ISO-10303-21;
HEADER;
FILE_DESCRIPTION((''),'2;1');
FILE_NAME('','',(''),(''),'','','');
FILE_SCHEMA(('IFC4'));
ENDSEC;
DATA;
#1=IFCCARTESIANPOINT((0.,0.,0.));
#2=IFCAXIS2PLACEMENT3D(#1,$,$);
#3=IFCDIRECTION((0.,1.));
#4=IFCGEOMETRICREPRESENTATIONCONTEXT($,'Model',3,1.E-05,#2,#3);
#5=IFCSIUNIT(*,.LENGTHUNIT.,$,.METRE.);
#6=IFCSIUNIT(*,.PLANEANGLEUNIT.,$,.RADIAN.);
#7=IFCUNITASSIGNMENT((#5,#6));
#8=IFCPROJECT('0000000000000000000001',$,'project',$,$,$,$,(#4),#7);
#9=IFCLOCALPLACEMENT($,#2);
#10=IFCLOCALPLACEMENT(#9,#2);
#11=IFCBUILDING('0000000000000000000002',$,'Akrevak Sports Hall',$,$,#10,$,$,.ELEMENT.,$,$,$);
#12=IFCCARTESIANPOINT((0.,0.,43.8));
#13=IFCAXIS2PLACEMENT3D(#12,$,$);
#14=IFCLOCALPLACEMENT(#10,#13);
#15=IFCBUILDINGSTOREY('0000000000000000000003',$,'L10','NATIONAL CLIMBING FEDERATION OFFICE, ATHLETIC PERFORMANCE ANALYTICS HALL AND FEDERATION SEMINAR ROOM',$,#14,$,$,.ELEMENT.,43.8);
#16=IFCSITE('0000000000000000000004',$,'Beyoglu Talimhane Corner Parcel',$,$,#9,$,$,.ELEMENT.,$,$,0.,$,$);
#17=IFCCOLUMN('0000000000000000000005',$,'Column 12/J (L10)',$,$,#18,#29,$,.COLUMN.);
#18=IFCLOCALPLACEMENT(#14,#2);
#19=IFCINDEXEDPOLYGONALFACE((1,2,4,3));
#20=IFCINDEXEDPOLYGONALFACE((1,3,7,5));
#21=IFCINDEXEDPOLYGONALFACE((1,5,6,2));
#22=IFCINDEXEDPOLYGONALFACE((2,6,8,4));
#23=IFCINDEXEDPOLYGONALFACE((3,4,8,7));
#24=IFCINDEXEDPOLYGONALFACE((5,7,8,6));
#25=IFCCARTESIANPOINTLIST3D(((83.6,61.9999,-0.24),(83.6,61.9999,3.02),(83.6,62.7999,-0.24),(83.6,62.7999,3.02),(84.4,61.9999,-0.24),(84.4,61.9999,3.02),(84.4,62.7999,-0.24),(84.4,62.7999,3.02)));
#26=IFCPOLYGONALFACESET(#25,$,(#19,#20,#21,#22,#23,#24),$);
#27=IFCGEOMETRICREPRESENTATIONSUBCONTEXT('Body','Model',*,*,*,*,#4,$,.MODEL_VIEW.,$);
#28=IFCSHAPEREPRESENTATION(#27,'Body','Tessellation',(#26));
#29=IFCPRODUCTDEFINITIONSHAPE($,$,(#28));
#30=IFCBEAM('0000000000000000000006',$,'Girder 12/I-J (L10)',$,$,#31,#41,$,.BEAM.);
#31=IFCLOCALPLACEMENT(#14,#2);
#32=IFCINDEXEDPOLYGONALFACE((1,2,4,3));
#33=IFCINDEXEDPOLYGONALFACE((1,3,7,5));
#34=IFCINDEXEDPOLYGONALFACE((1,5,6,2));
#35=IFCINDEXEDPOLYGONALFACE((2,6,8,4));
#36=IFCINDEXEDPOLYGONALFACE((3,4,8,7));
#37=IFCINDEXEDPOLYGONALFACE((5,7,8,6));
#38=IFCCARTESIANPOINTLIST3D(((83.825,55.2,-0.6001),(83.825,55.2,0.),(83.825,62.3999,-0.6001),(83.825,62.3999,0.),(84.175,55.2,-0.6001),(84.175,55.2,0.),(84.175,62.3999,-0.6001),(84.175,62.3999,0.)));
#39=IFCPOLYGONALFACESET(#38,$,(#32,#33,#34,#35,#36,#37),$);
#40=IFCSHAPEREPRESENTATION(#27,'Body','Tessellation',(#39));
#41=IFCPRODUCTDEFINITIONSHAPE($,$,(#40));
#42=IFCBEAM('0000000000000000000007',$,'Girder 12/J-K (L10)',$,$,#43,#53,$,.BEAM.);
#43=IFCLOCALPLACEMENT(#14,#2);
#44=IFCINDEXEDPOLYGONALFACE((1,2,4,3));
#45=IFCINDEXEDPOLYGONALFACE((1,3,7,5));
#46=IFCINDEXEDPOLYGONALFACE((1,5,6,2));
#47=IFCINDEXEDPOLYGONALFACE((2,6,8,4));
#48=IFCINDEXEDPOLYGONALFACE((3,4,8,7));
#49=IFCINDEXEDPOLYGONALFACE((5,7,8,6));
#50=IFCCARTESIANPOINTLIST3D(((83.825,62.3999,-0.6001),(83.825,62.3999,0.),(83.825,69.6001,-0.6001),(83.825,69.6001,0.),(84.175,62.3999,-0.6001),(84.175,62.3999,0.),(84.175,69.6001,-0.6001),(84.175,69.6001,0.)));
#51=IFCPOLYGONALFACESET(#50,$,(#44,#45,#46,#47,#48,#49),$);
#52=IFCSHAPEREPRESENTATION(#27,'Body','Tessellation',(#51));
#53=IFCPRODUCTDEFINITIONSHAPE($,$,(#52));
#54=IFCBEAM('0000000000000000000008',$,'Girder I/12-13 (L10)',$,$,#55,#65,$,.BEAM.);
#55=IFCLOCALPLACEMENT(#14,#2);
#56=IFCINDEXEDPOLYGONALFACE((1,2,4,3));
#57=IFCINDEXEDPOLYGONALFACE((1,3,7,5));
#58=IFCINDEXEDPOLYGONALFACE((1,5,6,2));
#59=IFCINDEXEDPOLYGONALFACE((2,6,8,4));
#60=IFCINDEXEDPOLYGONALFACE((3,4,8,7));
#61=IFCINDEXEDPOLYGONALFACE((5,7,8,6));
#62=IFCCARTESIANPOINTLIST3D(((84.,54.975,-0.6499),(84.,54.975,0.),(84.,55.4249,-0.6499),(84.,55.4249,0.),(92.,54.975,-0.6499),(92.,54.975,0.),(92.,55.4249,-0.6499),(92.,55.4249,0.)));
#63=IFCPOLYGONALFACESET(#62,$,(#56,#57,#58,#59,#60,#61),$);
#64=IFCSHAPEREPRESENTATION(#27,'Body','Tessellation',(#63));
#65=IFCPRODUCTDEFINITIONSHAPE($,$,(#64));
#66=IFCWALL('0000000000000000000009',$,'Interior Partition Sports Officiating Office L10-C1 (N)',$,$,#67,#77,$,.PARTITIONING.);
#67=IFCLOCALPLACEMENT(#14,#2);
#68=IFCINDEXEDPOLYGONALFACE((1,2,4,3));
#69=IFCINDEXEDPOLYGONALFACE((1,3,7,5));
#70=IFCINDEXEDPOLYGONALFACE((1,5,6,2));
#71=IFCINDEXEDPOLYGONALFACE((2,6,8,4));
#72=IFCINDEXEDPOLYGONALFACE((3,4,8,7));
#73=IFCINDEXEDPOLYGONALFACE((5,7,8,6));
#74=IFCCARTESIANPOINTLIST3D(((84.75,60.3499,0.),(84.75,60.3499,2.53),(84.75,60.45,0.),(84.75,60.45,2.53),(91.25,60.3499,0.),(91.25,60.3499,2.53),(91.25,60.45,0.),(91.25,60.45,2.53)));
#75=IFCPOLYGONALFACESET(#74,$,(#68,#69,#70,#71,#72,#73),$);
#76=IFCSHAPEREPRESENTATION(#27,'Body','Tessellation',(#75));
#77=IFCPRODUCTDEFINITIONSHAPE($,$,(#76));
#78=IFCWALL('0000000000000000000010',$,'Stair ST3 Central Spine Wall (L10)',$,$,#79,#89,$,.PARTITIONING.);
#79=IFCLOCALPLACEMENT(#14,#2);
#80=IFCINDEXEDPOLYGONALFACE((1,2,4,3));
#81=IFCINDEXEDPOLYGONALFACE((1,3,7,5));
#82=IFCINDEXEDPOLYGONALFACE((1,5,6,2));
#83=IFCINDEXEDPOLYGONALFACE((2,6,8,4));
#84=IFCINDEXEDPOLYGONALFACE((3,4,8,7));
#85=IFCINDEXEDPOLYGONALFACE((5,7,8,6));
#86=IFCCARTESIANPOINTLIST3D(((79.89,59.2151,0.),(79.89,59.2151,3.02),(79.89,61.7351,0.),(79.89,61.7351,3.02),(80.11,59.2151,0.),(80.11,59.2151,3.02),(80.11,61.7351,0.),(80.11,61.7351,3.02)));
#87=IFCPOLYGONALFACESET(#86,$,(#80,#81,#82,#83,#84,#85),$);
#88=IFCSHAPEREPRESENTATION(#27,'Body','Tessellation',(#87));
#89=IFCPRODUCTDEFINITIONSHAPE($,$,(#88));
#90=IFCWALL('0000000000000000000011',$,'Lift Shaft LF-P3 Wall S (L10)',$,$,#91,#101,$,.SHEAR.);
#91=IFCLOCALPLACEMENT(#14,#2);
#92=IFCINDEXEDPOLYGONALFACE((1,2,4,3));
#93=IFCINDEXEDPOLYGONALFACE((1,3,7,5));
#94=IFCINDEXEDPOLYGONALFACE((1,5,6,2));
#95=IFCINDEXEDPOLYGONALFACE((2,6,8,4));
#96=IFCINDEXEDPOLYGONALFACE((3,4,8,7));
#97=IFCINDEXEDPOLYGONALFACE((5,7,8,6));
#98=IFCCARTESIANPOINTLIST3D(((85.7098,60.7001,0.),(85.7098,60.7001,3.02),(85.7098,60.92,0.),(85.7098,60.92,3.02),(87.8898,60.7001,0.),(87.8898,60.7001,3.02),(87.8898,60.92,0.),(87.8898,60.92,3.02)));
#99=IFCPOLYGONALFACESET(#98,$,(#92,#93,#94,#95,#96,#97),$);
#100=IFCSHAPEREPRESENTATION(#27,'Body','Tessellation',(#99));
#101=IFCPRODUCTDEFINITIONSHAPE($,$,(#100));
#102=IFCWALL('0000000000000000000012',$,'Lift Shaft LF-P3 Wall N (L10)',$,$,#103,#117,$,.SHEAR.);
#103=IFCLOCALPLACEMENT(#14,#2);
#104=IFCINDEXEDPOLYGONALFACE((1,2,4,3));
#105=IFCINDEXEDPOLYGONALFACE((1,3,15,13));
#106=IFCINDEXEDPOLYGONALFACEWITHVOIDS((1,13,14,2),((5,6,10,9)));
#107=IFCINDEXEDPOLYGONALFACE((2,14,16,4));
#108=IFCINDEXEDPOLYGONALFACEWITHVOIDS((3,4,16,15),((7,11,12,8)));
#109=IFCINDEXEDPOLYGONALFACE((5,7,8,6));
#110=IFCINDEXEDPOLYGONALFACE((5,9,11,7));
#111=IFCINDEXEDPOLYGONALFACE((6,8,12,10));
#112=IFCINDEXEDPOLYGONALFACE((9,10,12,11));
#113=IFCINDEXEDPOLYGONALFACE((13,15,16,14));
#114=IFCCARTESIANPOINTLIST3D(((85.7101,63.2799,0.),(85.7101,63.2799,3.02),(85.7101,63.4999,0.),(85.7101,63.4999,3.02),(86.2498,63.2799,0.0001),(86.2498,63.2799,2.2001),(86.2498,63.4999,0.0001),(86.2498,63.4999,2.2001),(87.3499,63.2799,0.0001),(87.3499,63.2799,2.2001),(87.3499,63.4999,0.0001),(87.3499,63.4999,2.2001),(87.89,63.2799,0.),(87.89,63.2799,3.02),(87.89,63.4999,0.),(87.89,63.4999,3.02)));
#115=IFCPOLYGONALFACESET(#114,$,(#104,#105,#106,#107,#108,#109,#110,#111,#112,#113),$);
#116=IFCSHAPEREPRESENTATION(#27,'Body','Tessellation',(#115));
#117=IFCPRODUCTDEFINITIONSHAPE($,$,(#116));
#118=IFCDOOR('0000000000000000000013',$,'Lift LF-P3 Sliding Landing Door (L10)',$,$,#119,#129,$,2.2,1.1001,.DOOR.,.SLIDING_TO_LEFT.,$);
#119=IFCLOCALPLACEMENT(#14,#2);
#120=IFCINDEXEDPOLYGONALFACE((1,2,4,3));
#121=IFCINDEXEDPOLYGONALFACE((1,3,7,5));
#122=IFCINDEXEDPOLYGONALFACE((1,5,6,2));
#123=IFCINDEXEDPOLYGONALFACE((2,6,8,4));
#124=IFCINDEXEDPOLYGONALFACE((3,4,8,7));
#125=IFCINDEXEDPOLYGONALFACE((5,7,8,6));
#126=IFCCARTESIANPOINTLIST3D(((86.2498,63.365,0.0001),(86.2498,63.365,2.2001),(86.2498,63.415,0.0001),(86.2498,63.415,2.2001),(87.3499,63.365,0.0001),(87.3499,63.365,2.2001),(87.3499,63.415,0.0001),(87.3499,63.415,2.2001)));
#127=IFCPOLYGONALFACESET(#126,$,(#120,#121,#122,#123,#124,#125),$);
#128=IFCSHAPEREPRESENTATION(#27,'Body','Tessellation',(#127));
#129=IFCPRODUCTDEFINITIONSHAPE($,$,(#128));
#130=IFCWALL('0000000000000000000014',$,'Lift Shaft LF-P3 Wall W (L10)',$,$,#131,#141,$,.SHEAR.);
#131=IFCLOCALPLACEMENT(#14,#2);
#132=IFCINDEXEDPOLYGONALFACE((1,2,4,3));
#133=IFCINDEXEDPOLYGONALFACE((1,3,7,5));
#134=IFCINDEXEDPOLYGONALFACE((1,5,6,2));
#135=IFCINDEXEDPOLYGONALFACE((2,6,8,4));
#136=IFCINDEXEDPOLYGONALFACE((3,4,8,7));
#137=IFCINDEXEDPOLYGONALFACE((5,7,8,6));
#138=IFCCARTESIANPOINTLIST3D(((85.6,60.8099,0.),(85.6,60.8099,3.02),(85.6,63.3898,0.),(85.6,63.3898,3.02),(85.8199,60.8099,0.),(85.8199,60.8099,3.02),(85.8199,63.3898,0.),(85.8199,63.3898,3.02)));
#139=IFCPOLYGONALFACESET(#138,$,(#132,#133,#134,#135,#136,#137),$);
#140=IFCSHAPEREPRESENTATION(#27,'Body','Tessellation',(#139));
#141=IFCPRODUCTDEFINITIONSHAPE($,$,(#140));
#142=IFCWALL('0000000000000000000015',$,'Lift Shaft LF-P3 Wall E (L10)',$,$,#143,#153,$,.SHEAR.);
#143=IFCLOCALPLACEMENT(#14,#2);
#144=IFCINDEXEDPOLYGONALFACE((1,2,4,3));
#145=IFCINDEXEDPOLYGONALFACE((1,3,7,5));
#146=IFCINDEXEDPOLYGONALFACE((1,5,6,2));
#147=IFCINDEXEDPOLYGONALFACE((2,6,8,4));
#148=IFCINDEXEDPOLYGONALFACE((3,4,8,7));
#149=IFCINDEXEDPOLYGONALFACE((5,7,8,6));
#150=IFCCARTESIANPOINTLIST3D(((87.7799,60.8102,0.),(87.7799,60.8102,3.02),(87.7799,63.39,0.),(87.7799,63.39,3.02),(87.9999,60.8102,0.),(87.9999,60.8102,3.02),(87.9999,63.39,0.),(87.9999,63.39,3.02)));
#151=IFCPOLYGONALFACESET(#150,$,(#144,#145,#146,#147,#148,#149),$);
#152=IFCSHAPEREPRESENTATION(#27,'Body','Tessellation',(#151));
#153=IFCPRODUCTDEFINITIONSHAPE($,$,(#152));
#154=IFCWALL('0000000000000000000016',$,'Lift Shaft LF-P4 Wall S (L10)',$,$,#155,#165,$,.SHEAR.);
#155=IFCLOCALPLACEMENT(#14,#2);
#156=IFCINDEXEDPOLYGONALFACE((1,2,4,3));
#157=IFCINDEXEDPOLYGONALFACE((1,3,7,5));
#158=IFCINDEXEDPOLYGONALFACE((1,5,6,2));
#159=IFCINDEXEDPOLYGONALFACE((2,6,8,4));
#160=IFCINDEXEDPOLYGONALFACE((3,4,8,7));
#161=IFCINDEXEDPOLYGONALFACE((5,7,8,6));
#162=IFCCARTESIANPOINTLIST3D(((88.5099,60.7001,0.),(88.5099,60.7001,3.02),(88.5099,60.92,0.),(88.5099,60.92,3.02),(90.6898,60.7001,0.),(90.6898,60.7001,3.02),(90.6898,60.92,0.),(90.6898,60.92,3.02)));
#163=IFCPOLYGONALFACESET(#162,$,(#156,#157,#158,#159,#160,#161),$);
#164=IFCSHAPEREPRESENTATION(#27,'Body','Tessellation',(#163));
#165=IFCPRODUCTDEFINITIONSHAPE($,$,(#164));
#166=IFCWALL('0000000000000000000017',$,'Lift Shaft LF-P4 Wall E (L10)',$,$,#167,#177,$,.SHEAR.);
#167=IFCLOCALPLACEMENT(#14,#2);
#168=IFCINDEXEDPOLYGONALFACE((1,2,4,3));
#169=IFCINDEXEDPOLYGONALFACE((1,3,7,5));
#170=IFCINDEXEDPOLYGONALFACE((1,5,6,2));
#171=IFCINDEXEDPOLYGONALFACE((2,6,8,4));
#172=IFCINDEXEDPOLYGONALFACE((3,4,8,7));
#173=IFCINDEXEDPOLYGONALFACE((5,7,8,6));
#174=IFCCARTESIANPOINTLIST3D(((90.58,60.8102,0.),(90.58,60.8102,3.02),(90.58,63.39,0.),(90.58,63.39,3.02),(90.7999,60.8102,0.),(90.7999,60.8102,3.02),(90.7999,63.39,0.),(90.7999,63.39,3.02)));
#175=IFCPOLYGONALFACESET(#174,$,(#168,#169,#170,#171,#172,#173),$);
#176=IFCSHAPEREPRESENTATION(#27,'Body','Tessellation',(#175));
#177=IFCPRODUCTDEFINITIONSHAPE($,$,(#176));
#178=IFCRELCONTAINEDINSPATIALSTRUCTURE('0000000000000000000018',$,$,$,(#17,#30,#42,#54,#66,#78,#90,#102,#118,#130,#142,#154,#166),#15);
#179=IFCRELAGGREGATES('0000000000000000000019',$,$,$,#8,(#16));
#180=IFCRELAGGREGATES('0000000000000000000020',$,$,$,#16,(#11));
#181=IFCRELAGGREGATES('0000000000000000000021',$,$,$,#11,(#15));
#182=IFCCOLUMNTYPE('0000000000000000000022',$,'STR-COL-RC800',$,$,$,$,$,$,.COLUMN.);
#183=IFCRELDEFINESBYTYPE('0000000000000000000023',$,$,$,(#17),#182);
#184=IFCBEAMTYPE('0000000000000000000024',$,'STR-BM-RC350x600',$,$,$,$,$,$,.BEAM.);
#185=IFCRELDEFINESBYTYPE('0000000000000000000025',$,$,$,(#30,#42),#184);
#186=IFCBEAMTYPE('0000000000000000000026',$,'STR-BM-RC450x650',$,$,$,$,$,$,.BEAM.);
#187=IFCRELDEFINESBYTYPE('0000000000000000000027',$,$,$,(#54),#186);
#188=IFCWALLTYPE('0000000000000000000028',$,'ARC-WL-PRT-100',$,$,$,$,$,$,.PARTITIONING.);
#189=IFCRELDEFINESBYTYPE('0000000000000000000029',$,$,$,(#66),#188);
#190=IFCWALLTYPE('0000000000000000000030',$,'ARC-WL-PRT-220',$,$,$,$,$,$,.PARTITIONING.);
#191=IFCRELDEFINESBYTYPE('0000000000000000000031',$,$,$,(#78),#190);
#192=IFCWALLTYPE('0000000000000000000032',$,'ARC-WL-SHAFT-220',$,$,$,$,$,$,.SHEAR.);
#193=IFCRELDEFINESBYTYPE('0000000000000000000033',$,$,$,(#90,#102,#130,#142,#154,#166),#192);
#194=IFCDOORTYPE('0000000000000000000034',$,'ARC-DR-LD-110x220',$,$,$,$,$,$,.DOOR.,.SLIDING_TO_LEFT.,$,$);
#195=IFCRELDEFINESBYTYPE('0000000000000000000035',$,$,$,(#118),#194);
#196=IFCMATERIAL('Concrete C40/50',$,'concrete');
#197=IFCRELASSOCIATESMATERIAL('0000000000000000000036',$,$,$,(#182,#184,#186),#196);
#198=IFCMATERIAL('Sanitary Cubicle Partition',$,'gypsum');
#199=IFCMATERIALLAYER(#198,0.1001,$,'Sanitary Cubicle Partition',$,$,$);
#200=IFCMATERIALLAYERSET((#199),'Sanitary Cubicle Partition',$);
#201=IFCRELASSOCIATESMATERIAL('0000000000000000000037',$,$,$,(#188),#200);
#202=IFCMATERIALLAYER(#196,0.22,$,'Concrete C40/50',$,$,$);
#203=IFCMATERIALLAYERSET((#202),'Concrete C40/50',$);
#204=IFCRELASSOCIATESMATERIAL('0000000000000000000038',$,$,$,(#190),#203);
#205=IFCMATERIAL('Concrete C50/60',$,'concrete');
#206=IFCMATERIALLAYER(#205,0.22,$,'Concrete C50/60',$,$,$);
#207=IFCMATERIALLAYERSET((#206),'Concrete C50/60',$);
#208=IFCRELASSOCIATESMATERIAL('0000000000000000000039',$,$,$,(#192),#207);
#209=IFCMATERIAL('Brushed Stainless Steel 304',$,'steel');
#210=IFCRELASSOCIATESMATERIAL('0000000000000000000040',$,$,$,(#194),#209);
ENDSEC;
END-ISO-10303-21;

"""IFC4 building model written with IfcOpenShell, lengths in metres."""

from ifc_helpers import new_model, si_unit, direction, frame, frame_2d, origin, origin_2d, place, context, subcontext, project, spatial, rectangle, extrude, material, layer, layer_set, material_profile, profile_set, type_object, element, fill, save


model = new_model("IFC4")

# Units and contexts
model_context = context("Model", 3, precision=1e-05, world=origin(), true_north=direction((0.0, 1.0)))
body_context = subcontext(model_context, "Body", "Model", "MODEL_VIEW")
ifc_project = project(units=[si_unit("LENGTHUNIT", "METRE"), si_unit("PLANEANGLEUNIT", "RADIAN")], contexts=[model_context])

# Site, building, storey
site_placement = place(None, origin())
site = spatial("IfcSite", under=ifc_project, at=site_placement, Name="Beyoglu Talimhane Corner Parcel", CompositionType="ELEMENT", RefElevation=0.0)
building_placement = place(site_placement, origin())
building = spatial("IfcBuilding", under=site, at=building_placement, Name="Akrevak Sports Hall", CompositionType="ELEMENT")
storey_placement = place(building_placement, frame((0.0, 0.0, 43.8)))
storey = spatial("IfcBuildingStorey", under=building, at=storey_placement, Name="L10", Description="NATIONAL CLIMBING FEDERATION OFFICE, ATHLETIC PERFORMANCE ANALYTICS HALL AND FEDERATION SEMINAR ROOM", CompositionType="ELEMENT", Elevation=43.8)

# Column
ifc_material_1 = material(Name="Concrete C40/50", Category="concrete")
ifc_material_profile_1 = material_profile(ifc_material_1, rectangle(XDim=0.8, YDim=0.8, at=origin_2d()), Name="RC 800x800", Category="concrete")
ifc_profile_set_1 = profile_set([ifc_material_profile_1], Name="Concrete C40/50")
column_type = type_object("IfcColumnType", Name="STR-COL-RC800", PredefinedType="COLUMN", material=ifc_profile_set_1)
column_placement = place(storey_placement, frame((84.0, 62.3999, -0.24), z_axis=(0.0, 0.0, 1.0), x_axis=(1.0, 0.0, 0.0)))
element("IfcColumn", 1, at=column_placement, inside=storey, type_object=column_type, Name="Column 12/J (L10)", PredefinedType="COLUMN", context=body_context, shape_type="SweptSolid", body=[
    extrude(rectangle(XDim=0.8, YDim=0.8, at=origin_2d()), origin(), (0.0, 0.0, 1.0), 3.26),
])

# Beams
ifc_material_profile_2 = material_profile(ifc_material_1, rectangle(XDim=0.3501, YDim=0.6001, at=origin_2d()), Name="BM 350x600", Category="concrete")
ifc_profile_set_2 = profile_set([ifc_material_profile_2], Name="Concrete C40/50")
beam_type_1 = type_object("IfcBeamType", Name="STR-BM-RC350x600", PredefinedType="BEAM", material=ifc_profile_set_2)
beam_1_placement = place(storey_placement, frame((84.0, 55.2, -0.3), z_axis=(0.0, 1.0, 0.0), x_axis=(-1.0, 0.0, 0.0)))
element("IfcBeam", 2, at=beam_1_placement, inside=storey, type_object=beam_type_1, Name="Girder 12/I-J (L10)", PredefinedType="BEAM", context=body_context, shape_type="SweptSolid", body=[
    extrude(rectangle(XDim=0.3501, YDim=0.6001, at=origin_2d()), origin(), (0.0, 0.0, 1.0), 7.2),
])
beam_2_placement = place(storey_placement, frame((84.0, 62.3999, -0.3), z_axis=(0.0, 1.0, 0.0), x_axis=(-1.0, 0.0, 0.0)))
element("IfcBeam", 3, at=beam_2_placement, inside=storey, type_object=beam_type_1, Name="Girder 12/J-K (L10)", PredefinedType="BEAM", context=body_context, shape_type="SweptSolid", body=[
    extrude(rectangle(XDim=0.3501, YDim=0.6001, at=origin_2d()), origin(), (0.0, 0.0, 1.0), 7.2002),
])
ifc_material_profile_3 = material_profile(ifc_material_1, rectangle(XDim=0.45, YDim=0.6499, at=origin_2d()), Name="BM 450x650", Category="concrete")
ifc_profile_set_3 = profile_set([ifc_material_profile_3], Name="Concrete C40/50")
beam_type_2 = type_object("IfcBeamType", Name="STR-BM-RC450x650", PredefinedType="BEAM", material=ifc_profile_set_3)
beam_3_placement = place(storey_placement, frame((84.0, 55.2, -0.325), z_axis=(1.0, 0.0, 0.0), x_axis=(0.0, 1.0, 0.0)))
element("IfcBeam", 4, at=beam_3_placement, inside=storey, type_object=beam_type_2, Name="Girder I/12-13 (L10)", PredefinedType="BEAM", context=body_context, shape_type="SweptSolid", body=[
    extrude(rectangle(XDim=0.45, YDim=0.6499, at=origin_2d()), origin(), (0.0, 0.0, 1.0), 8.0),
])

# Walls
ifc_material_2 = material(Name="Sanitary Cubicle Partition", Category="gypsum")
ifc_layer_1 = layer(ifc_material_2, 0.1001, Name="Sanitary Cubicle Partition")
ifc_layer_set_1 = layer_set([ifc_layer_1], Name="Sanitary Cubicle Partition")
wall_type_1 = type_object("IfcWallType", Name="ARC-WL-PRT-100", PredefinedType="PARTITIONING", material=ifc_layer_set_1)
wall_1_placement = place(storey_placement, frame((84.75, 60.3999, 0.0), z_axis=(0.0, 0.0, 1.0), x_axis=(1.0, 0.0, 0.0)))
element("IfcWall", 5, at=wall_1_placement, inside=storey, type_object=wall_type_1, Name="Interior Partition Sports Officiating Office L10-C1 (N)", PredefinedType="PARTITIONING", context=body_context, shape_type="SweptSolid", body=[
    extrude(rectangle(XDim=6.5, YDim=0.1001, at=frame_2d((3.25, 0.0))), origin(), (0.0, 0.0, 1.0), 2.53),
])
ifc_layer_2 = layer(ifc_material_1, 0.22, Name="Concrete C40/50")
ifc_layer_set_2 = layer_set([ifc_layer_2], Name="Concrete C40/50")
wall_type_2 = type_object("IfcWallType", Name="ARC-WL-PRT-220", PredefinedType="PARTITIONING", material=ifc_layer_set_2)
wall_2_placement = place(storey_placement, frame((80.0, 59.2151, 0.0), z_axis=(0.0, 0.0, 1.0), x_axis=(0.0, 1.0, 0.0)))
element("IfcWall", 6, at=wall_2_placement, inside=storey, type_object=wall_type_2, Name="Stair ST3 Central Spine Wall (L10)", PredefinedType="PARTITIONING", context=body_context, shape_type="SweptSolid", body=[
    extrude(rectangle(XDim=2.52, YDim=0.22, at=frame_2d((1.26, 0.0))), origin(), (0.0, 0.0, 1.0), 3.02),
])
ifc_material_3 = material(Name="Concrete C50/60", Category="concrete")
ifc_layer_3 = layer(ifc_material_3, 0.22, Name="Concrete C50/60")
ifc_layer_set_3 = layer_set([ifc_layer_3], Name="Concrete C50/60")
wall_type_3 = type_object("IfcWallType", Name="ARC-WL-SHAFT-220", PredefinedType="SHEAR", material=ifc_layer_set_3)
wall_3_placement = place(storey_placement, frame((85.71, 60.8101, 0.0), z_axis=(0.0, 0.0, 1.0), x_axis=(1.0, 0.0, 0.0)))
element("IfcWall", 7, at=wall_3_placement, inside=storey, type_object=wall_type_3, Name="Lift Shaft LF-P3 Wall S (L10)", PredefinedType="SHEAR", context=body_context, shape_type="SweptSolid", body=[
    extrude(rectangle(XDim=2.1799, YDim=0.22, at=frame_2d((1.0898, 0.0))), origin(), (0.0, 0.0, 1.0), 3.02),
])

# Wall, opening, door
wall_4_placement = place(storey_placement, frame((87.8899, 63.3899, 0.0), z_axis=(0.0, 0.0, 1.0), x_axis=(-1.0, 0.0, 0.0)))
wall_4 = element("IfcWall", 8, at=wall_4_placement, inside=storey, type_object=wall_type_3, Name="Lift Shaft LF-P3 Wall N (L10)", PredefinedType="SHEAR", context=body_context, shape_type="SweptSolid", body=[
    extrude(rectangle(XDim=2.1799, YDim=0.22, at=frame_2d((1.0898, 0.0))), origin(), (0.0, 0.0, 1.0), 3.02),
])
opening_1_placement = place(wall_4_placement, frame((0.54, 0.0, 0.0)))
opening_1 = element("IfcOpeningElement", 9, at=opening_1_placement, cuts=wall_4, PredefinedType="OPENING", context=body_context, shape_type="SweptSolid", body=[
    extrude(rectangle(XDim=1.1001, YDim=2.2, at=frame_2d((0.55, 1.1001))), frame((0.0, 0.1221, 0.0), z_axis=(0.0, -1.0, 0.0), x_axis=(1.0, 0.0, 0.0)), (0.0, 0.0, 1.0), 0.2439),
])
ifc_material_4 = material(Name="Brushed Stainless Steel 304", Category="steel")
door_type_1 = type_object("IfcDoorType", Name="ARC-DR-LD-110x220", OperationType="SLIDING_TO_LEFT", PredefinedType="DOOR", material=ifc_material_4)
door_1_placement = place(opening_1_placement, origin())
door_1 = element("IfcDoor", 10, at=door_1_placement, inside=storey, type_object=door_type_1, Name="Lift LF-P3 Sliding Landing Door (L10)", OperationType="SLIDING_TO_LEFT", OverallHeight=2.2, OverallWidth=1.1001, PredefinedType="DOOR", context=body_context, shape_type="SweptSolid", body=[
    extrude(rectangle(XDim=1.1001, YDim=2.2, at=frame_2d((0.55, 1.1001))), frame((0.0, 0.0249, 0.0), z_axis=(0.0, -1.0, 0.0), x_axis=(1.0, 0.0, 0.0)), (0.0, 0.0, 1.0), 0.05),
])
fill(opening_1, door_1)

# Walls
for number, where, z_axis, x_axis, name in (
    (11, (85.71, 63.3899, 0.0), (0.0, 0.0, 1.0), (0.0, -1.0, 0.0), "Lift Shaft LF-P3 Wall W (L10)"),
    (12, (87.8899, 60.8101, 0.0), (0.0, 0.0, 1.0), (0.0, 1.0, 0.0), "Lift Shaft LF-P3 Wall E (L10)"),
):
    element("IfcWall", number, at=place(storey_placement, frame(where, z_axis=z_axis, x_axis=x_axis)), inside=storey, type_object=wall_type_3, Name=name, PredefinedType="SHEAR", context=body_context, shape_type="SweptSolid", body=[
        extrude(rectangle(XDim=2.5798, YDim=0.22, at=frame_2d((1.29, 0.0))), origin(), (0.0, 0.0, 1.0), 3.02),
    ])
wall_5_placement = place(storey_placement, frame((88.51, 60.8101, 0.0), z_axis=(0.0, 0.0, 1.0), x_axis=(1.0, 0.0, 0.0)))
element("IfcWall", 13, at=wall_5_placement, inside=storey, type_object=wall_type_3, Name="Lift Shaft LF-P4 Wall S (L10)", PredefinedType="SHEAR", context=body_context, shape_type="SweptSolid", body=[
    extrude(rectangle(XDim=2.1799, YDim=0.22, at=frame_2d((1.0898, 0.0))), origin(), (0.0, 0.0, 1.0), 3.02),
])
wall_6_placement = place(storey_placement, frame((90.6899, 60.8101, 0.0), z_axis=(0.0, 0.0, 1.0), x_axis=(0.0, 1.0, 0.0)))
element("IfcWall", 14, at=wall_6_placement, inside=storey, type_object=wall_type_3, Name="Lift Shaft LF-P4 Wall E (L10)", PredefinedType="SHEAR", context=body_context, shape_type="SweptSolid", body=[
    extrude(rectangle(XDim=2.5798, YDim=0.22, at=frame_2d((1.29, 0.0))), origin(), (0.0, 0.0, 1.0), 3.02),
])

save(model, "model.ifc")
